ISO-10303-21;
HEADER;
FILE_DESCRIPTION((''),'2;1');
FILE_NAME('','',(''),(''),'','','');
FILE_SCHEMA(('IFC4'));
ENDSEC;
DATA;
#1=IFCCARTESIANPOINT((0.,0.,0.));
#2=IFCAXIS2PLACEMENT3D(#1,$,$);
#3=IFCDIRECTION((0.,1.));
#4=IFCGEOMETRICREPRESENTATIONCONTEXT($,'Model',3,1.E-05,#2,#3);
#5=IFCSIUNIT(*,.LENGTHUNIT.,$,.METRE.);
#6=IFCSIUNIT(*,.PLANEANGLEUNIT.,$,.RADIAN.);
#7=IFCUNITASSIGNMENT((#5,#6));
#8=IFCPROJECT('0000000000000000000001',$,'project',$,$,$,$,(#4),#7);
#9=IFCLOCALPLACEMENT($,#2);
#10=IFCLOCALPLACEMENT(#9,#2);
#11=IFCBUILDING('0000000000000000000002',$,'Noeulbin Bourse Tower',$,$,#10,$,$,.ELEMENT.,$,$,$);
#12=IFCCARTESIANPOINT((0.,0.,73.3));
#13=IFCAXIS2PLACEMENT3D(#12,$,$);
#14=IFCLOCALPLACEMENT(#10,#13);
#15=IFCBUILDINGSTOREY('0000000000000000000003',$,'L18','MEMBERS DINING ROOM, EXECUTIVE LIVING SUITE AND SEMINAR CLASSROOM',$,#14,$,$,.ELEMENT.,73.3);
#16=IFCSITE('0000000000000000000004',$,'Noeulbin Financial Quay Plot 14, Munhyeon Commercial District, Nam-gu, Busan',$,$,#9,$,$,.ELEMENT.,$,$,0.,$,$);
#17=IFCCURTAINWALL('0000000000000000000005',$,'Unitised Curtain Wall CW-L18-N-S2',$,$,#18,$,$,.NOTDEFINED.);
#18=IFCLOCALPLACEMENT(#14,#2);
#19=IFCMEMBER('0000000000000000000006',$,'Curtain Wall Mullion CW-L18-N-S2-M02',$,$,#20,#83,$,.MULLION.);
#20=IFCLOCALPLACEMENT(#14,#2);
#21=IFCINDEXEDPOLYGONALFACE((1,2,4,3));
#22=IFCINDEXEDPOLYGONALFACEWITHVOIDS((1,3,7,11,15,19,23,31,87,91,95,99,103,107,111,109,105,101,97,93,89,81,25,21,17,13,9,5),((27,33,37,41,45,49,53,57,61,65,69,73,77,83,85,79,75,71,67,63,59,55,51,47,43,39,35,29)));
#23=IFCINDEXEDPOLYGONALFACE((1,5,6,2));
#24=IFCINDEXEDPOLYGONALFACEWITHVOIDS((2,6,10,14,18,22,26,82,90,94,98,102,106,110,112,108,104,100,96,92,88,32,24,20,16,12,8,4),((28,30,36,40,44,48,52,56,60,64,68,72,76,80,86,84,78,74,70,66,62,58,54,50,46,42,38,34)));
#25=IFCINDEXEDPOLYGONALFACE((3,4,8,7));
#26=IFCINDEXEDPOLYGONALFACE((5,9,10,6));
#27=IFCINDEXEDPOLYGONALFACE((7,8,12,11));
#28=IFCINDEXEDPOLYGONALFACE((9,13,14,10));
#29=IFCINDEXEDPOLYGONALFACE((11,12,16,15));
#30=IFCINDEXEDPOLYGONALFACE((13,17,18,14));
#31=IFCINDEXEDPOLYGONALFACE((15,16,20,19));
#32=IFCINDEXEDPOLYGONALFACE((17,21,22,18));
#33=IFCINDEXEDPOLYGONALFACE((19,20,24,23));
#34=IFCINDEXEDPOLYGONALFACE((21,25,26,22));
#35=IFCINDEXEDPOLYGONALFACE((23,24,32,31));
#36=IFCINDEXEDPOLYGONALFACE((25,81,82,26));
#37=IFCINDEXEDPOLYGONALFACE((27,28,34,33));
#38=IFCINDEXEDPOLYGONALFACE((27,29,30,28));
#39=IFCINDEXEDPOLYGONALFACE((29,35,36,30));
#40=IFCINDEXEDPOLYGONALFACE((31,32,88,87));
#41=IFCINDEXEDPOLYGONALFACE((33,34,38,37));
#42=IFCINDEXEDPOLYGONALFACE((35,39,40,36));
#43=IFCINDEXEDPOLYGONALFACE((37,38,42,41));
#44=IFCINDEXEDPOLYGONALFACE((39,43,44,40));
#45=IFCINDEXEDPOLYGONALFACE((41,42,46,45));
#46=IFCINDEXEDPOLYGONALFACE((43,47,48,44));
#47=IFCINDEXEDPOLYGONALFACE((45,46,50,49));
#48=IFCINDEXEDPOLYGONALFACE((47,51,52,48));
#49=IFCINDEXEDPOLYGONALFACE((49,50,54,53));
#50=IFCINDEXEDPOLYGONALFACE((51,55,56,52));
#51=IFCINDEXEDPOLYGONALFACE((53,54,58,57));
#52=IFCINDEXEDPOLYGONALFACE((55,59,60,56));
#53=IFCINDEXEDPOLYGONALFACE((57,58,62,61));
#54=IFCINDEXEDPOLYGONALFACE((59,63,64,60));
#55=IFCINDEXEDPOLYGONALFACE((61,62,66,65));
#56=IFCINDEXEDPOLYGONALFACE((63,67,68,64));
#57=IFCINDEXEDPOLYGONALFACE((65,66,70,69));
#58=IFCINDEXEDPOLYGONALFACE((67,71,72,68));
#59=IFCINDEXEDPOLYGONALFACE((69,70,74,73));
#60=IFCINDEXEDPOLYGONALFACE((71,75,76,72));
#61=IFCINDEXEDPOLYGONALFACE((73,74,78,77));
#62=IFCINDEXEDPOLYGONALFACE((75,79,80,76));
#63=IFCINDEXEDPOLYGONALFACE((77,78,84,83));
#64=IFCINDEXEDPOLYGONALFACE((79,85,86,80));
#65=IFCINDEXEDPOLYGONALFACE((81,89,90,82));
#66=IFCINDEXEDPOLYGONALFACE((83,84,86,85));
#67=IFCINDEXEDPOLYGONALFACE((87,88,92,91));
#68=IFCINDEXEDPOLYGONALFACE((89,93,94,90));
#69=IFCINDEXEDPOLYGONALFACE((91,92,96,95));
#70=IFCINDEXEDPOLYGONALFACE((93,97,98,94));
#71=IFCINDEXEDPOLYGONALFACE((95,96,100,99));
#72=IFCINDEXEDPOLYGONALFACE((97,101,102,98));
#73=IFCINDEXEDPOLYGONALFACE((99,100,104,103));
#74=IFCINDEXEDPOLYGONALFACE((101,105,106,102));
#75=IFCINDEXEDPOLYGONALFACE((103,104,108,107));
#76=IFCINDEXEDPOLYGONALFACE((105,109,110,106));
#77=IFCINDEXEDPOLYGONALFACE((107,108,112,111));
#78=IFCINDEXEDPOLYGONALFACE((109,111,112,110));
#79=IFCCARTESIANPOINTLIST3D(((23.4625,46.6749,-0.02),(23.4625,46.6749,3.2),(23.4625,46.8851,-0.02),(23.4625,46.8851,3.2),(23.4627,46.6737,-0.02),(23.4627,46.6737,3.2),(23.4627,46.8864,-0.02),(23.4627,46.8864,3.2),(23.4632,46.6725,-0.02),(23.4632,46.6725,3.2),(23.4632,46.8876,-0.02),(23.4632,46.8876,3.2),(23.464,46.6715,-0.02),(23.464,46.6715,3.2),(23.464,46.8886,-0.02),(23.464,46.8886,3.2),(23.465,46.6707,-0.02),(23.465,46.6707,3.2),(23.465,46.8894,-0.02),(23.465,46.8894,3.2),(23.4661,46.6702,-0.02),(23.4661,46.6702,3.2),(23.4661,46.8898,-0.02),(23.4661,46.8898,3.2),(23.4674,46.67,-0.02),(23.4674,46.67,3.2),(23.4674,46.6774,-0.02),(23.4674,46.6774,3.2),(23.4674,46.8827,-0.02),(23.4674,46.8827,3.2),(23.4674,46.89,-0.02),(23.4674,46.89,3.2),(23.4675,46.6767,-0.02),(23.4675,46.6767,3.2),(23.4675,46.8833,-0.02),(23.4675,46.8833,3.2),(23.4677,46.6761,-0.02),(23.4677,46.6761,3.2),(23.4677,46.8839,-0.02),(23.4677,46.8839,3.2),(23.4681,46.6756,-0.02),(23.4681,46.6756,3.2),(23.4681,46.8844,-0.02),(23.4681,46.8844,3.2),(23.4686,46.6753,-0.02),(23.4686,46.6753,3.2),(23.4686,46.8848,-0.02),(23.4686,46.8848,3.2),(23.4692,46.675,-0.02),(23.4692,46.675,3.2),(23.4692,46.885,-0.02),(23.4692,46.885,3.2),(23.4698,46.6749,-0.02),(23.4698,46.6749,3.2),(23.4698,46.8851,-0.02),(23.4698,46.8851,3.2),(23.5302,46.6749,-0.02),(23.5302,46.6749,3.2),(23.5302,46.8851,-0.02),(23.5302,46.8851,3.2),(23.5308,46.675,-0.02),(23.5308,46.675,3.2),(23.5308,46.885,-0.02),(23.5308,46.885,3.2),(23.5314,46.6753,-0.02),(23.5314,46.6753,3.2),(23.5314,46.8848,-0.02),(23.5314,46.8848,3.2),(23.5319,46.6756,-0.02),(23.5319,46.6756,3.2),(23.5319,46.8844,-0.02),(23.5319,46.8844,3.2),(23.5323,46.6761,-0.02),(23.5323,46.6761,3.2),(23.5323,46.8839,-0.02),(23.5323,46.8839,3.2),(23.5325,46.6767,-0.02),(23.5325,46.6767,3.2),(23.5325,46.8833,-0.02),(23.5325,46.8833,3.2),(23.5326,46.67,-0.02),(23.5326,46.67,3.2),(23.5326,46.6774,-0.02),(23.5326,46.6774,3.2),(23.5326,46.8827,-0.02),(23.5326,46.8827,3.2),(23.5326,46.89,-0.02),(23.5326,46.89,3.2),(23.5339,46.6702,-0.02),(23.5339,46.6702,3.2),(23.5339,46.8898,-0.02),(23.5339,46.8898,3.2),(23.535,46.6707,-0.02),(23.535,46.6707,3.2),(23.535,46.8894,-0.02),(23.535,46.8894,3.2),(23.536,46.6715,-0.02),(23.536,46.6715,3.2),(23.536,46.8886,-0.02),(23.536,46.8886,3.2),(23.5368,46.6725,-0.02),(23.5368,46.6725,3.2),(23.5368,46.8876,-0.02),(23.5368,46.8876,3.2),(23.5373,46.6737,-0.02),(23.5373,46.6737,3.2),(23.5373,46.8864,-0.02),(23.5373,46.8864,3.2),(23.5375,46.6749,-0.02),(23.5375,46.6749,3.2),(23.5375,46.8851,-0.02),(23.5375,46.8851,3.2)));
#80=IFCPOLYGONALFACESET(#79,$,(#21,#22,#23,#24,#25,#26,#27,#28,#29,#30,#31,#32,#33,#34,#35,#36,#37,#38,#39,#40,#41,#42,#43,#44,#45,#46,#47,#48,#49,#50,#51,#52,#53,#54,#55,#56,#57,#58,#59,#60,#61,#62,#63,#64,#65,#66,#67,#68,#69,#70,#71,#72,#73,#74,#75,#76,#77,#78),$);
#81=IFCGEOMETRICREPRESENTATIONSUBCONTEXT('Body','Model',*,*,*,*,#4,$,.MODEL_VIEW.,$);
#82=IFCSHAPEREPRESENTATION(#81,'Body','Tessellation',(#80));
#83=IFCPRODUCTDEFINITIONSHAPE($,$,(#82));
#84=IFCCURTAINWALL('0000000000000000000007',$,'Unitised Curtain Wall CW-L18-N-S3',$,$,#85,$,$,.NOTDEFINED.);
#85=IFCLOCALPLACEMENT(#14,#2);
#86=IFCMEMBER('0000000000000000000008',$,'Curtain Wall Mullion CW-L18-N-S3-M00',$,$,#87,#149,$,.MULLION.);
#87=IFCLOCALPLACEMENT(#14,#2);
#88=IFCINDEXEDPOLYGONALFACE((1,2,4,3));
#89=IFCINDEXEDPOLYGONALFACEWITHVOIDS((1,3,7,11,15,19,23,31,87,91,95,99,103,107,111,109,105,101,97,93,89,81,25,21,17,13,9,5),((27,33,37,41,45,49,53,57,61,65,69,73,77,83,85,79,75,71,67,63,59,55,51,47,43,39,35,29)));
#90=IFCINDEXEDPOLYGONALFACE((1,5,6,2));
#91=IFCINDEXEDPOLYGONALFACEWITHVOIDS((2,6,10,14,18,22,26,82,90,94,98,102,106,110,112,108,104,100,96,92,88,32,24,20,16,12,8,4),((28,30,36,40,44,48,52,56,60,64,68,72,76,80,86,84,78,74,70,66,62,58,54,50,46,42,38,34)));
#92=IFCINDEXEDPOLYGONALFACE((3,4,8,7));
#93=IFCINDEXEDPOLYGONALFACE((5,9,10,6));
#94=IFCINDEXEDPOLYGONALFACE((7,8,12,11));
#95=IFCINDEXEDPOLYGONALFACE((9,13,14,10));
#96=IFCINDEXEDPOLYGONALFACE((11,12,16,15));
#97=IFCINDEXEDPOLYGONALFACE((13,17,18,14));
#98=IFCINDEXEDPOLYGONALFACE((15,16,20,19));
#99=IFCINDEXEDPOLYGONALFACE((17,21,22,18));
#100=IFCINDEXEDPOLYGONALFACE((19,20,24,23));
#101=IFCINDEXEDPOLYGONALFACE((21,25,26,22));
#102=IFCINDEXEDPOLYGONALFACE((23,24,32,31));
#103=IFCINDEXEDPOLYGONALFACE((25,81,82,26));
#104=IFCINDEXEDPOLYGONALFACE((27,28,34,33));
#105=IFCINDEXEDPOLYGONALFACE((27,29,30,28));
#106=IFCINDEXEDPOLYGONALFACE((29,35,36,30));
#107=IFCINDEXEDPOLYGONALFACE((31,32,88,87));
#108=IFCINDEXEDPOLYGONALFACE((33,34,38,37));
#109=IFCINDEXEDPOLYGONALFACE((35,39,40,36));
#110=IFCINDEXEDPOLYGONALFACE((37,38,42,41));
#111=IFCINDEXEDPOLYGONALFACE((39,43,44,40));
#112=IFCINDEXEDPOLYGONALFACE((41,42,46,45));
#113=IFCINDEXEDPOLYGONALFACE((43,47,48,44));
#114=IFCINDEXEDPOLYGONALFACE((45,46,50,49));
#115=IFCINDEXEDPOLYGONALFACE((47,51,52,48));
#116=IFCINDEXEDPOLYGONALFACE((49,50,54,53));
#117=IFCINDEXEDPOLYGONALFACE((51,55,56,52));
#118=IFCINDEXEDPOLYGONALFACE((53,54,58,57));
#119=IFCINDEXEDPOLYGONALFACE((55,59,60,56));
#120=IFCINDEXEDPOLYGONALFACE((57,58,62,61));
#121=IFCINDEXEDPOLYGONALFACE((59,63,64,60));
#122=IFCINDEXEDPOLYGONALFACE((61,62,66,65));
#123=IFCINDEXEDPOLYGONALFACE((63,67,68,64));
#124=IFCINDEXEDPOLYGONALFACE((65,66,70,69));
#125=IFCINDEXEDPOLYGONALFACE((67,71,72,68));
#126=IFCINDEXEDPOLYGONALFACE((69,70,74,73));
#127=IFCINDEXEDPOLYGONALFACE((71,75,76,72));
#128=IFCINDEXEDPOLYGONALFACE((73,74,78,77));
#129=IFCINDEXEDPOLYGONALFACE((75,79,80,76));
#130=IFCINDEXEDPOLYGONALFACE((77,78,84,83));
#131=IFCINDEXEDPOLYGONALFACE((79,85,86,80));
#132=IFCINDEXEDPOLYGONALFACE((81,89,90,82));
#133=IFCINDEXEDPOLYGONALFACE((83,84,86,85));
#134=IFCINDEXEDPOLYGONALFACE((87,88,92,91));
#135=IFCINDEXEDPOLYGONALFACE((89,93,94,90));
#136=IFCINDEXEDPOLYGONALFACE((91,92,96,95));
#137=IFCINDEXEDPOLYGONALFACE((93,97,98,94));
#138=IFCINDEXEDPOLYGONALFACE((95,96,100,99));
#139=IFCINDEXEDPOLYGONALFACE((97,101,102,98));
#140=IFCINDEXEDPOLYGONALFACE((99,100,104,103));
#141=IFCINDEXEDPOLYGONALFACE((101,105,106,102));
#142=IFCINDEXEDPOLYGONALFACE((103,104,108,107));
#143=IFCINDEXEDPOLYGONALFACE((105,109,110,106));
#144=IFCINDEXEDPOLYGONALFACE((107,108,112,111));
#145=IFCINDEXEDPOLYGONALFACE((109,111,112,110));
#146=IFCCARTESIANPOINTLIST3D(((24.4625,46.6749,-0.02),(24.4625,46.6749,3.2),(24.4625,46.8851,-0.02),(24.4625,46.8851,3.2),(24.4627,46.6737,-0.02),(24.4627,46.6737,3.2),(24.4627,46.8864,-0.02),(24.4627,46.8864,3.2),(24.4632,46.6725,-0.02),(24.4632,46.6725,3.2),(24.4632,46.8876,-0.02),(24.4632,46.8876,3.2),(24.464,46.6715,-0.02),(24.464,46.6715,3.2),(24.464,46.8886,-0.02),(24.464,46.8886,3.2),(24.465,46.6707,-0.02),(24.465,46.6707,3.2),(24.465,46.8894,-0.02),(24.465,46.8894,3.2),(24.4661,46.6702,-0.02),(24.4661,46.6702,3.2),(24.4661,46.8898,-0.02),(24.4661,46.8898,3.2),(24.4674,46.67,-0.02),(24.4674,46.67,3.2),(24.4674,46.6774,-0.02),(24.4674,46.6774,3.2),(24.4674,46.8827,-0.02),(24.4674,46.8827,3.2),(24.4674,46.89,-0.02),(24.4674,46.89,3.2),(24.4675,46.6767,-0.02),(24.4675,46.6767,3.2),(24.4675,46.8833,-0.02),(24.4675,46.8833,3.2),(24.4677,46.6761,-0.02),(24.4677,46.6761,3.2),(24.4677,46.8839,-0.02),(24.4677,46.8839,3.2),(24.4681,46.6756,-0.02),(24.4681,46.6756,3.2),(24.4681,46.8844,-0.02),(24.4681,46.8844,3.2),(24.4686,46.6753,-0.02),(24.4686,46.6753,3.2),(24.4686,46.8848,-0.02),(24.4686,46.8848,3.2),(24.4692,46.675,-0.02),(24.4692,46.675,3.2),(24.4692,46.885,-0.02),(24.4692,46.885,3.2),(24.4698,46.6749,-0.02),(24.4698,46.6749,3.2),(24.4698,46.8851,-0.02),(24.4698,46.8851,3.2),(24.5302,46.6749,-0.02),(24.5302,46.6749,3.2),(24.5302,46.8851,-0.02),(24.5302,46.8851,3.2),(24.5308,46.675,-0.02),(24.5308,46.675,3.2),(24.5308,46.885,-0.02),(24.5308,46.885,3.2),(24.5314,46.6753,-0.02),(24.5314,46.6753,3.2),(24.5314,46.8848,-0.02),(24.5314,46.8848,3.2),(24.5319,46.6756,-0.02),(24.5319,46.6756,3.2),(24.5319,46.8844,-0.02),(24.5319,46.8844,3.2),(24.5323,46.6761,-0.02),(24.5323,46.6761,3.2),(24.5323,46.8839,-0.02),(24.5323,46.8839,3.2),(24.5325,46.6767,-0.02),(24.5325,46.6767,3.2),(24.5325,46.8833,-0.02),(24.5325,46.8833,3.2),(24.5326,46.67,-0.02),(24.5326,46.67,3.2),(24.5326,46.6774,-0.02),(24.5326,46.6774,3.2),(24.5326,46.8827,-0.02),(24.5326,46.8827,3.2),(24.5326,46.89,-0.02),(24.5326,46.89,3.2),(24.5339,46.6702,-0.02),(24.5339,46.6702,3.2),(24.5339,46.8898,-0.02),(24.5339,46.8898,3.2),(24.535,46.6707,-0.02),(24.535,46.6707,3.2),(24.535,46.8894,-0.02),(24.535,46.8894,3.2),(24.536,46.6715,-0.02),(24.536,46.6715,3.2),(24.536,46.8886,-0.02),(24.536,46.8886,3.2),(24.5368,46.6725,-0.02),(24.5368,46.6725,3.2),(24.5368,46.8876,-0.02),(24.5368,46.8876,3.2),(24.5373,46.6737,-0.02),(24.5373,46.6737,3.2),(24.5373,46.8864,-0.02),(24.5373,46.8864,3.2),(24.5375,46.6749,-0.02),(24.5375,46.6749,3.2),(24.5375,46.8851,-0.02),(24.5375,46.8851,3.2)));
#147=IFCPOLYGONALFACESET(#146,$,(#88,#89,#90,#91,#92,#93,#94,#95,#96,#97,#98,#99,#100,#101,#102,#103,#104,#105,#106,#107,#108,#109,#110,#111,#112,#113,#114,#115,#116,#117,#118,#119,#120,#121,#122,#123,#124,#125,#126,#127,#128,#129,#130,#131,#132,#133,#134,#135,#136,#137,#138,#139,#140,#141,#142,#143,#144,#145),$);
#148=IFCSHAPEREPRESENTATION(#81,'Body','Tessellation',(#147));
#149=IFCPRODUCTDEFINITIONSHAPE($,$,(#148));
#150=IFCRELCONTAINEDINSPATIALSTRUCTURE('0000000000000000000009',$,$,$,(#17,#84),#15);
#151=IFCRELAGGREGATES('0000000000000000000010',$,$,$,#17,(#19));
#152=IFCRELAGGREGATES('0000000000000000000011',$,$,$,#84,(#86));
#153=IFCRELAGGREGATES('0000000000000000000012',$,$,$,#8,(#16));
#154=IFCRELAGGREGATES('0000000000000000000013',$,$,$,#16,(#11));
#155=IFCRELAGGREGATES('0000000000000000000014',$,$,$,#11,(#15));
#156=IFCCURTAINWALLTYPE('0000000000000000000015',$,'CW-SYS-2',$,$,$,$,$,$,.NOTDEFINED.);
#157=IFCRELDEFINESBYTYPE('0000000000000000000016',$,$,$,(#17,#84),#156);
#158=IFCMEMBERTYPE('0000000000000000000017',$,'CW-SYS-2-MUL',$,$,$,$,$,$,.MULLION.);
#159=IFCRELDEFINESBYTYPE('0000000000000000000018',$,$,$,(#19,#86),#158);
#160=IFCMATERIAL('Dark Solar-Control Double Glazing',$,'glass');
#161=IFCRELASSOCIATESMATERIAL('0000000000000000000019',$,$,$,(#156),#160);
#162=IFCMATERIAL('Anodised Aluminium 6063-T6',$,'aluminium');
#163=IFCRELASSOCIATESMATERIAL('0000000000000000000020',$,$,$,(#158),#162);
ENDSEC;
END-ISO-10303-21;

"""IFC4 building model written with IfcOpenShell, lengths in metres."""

from ifc_helpers import new_model, si_unit, direction, frame, origin, origin_2d, place, context, subcontext, project, spatial, hollow_rectangle, extrude, material, material_profile, profile_set, type_object, element, aggregate, save


model = new_model("IFC4")

# Units and contexts
model_context = context("Model", 3, precision=1e-05, world=origin(), true_north=direction((0.0, 1.0)))
body_context = subcontext(model_context, "Body", "Model", "MODEL_VIEW")
ifc_project = project(units=[si_unit("LENGTHUNIT", "METRE"), si_unit("PLANEANGLEUNIT", "RADIAN")], contexts=[model_context])

# Site, building, storey
site_placement = place(None, origin())
site = spatial("IfcSite", under=ifc_project, at=site_placement, Name="Noeulbin Financial Quay Plot 14, Munhyeon Commercial District, Nam-gu, Busan", CompositionType="ELEMENT", RefElevation=0.0)
building_placement = place(site_placement, origin())
building = spatial("IfcBuilding", under=site, at=building_placement, Name="Noeulbin Bourse Tower", CompositionType="ELEMENT")
storey_placement = place(building_placement, frame((0.0, 0.0, 73.3)))
storey = spatial("IfcBuildingStorey", under=building, at=storey_placement, Name="L18", Description="MEMBERS DINING ROOM, EXECUTIVE LIVING SUITE AND SEMINAR CLASSROOM", CompositionType="ELEMENT", Elevation=73.3)

# Curtain walls, members
ifc_material_1 = material(Name="Dark Solar-Control Double Glazing", Category="glass")
curtain_wall_type = type_object("IfcCurtainWallType", Name="CW-SYS-2", PredefinedType="NOTDEFINED", material=ifc_material_1)
curtain_wall_1_placement = place(storey_placement, origin())
curtain_wall_1 = element("IfcCurtainWall", 1, at=curtain_wall_1_placement, inside=storey, type_object=curtain_wall_type, Name="Unitised Curtain Wall CW-L18-N-S2", PredefinedType="NOTDEFINED")
ifc_material_2 = material(Name="Anodised Aluminium 6063-T6", Category="aluminium")
ifc_material_profile_1 = material_profile(ifc_material_2, hollow_rectangle(XDim=0.075, YDim=0.22, WallThickness=0.0049, InnerFilletRadius=0.0024, OuterFilletRadius=0.0049, at=origin_2d()), Name="ALU-MULL-75x220x5", Category="LoadBearing")
ifc_profile_set_1 = profile_set([ifc_material_profile_1], Name="Anodised Aluminium 6063-T6")
member_type_1 = type_object("IfcMemberType", Name="CW-SYS-2-MUL", PredefinedType="MULLION", material=ifc_profile_set_1)
member_1_placement = place(storey_placement, frame((23.5, 46.78, -0.02), z_axis=(0.0, 0.0, 1.0), x_axis=(1.0, 0.0, 0.0)))
member_1 = element("IfcMember", 2, at=member_1_placement, type_object=member_type_1, Name="Curtain Wall Mullion CW-L18-N-S2-M02", PredefinedType="MULLION", context=body_context, shape_type="SweptSolid", body=[
    extrude(hollow_rectangle(XDim=0.075, YDim=0.22, WallThickness=0.0049, InnerFilletRadius=0.0024, OuterFilletRadius=0.0049, at=origin_2d()), origin(), (0.0, 0.0, 1.0), 3.22),
])
curtain_wall_2_placement = place(storey_placement, origin())
curtain_wall_2 = element("IfcCurtainWall", 3, at=curtain_wall_2_placement, inside=storey, type_object=curtain_wall_type, Name="Unitised Curtain Wall CW-L18-N-S3", PredefinedType="NOTDEFINED")
member_2_placement = place(storey_placement, frame((24.5, 46.78, -0.02), z_axis=(0.0, 0.0, 1.0), x_axis=(1.0, 0.0, 0.0)))
member_2 = element("IfcMember", 4, at=member_2_placement, type_object=member_type_1, Name="Curtain Wall Mullion CW-L18-N-S3-M00", PredefinedType="MULLION", context=body_context, shape_type="SweptSolid", body=[
    extrude(hollow_rectangle(XDim=0.075, YDim=0.22, WallThickness=0.0049, InnerFilletRadius=0.0024, OuterFilletRadius=0.0049, at=origin_2d()), origin(), (0.0, 0.0, 1.0), 3.22),
])

aggregate(curtain_wall_1, [member_1])
aggregate(curtain_wall_2, [member_2])

save(model, "model.ifc")
